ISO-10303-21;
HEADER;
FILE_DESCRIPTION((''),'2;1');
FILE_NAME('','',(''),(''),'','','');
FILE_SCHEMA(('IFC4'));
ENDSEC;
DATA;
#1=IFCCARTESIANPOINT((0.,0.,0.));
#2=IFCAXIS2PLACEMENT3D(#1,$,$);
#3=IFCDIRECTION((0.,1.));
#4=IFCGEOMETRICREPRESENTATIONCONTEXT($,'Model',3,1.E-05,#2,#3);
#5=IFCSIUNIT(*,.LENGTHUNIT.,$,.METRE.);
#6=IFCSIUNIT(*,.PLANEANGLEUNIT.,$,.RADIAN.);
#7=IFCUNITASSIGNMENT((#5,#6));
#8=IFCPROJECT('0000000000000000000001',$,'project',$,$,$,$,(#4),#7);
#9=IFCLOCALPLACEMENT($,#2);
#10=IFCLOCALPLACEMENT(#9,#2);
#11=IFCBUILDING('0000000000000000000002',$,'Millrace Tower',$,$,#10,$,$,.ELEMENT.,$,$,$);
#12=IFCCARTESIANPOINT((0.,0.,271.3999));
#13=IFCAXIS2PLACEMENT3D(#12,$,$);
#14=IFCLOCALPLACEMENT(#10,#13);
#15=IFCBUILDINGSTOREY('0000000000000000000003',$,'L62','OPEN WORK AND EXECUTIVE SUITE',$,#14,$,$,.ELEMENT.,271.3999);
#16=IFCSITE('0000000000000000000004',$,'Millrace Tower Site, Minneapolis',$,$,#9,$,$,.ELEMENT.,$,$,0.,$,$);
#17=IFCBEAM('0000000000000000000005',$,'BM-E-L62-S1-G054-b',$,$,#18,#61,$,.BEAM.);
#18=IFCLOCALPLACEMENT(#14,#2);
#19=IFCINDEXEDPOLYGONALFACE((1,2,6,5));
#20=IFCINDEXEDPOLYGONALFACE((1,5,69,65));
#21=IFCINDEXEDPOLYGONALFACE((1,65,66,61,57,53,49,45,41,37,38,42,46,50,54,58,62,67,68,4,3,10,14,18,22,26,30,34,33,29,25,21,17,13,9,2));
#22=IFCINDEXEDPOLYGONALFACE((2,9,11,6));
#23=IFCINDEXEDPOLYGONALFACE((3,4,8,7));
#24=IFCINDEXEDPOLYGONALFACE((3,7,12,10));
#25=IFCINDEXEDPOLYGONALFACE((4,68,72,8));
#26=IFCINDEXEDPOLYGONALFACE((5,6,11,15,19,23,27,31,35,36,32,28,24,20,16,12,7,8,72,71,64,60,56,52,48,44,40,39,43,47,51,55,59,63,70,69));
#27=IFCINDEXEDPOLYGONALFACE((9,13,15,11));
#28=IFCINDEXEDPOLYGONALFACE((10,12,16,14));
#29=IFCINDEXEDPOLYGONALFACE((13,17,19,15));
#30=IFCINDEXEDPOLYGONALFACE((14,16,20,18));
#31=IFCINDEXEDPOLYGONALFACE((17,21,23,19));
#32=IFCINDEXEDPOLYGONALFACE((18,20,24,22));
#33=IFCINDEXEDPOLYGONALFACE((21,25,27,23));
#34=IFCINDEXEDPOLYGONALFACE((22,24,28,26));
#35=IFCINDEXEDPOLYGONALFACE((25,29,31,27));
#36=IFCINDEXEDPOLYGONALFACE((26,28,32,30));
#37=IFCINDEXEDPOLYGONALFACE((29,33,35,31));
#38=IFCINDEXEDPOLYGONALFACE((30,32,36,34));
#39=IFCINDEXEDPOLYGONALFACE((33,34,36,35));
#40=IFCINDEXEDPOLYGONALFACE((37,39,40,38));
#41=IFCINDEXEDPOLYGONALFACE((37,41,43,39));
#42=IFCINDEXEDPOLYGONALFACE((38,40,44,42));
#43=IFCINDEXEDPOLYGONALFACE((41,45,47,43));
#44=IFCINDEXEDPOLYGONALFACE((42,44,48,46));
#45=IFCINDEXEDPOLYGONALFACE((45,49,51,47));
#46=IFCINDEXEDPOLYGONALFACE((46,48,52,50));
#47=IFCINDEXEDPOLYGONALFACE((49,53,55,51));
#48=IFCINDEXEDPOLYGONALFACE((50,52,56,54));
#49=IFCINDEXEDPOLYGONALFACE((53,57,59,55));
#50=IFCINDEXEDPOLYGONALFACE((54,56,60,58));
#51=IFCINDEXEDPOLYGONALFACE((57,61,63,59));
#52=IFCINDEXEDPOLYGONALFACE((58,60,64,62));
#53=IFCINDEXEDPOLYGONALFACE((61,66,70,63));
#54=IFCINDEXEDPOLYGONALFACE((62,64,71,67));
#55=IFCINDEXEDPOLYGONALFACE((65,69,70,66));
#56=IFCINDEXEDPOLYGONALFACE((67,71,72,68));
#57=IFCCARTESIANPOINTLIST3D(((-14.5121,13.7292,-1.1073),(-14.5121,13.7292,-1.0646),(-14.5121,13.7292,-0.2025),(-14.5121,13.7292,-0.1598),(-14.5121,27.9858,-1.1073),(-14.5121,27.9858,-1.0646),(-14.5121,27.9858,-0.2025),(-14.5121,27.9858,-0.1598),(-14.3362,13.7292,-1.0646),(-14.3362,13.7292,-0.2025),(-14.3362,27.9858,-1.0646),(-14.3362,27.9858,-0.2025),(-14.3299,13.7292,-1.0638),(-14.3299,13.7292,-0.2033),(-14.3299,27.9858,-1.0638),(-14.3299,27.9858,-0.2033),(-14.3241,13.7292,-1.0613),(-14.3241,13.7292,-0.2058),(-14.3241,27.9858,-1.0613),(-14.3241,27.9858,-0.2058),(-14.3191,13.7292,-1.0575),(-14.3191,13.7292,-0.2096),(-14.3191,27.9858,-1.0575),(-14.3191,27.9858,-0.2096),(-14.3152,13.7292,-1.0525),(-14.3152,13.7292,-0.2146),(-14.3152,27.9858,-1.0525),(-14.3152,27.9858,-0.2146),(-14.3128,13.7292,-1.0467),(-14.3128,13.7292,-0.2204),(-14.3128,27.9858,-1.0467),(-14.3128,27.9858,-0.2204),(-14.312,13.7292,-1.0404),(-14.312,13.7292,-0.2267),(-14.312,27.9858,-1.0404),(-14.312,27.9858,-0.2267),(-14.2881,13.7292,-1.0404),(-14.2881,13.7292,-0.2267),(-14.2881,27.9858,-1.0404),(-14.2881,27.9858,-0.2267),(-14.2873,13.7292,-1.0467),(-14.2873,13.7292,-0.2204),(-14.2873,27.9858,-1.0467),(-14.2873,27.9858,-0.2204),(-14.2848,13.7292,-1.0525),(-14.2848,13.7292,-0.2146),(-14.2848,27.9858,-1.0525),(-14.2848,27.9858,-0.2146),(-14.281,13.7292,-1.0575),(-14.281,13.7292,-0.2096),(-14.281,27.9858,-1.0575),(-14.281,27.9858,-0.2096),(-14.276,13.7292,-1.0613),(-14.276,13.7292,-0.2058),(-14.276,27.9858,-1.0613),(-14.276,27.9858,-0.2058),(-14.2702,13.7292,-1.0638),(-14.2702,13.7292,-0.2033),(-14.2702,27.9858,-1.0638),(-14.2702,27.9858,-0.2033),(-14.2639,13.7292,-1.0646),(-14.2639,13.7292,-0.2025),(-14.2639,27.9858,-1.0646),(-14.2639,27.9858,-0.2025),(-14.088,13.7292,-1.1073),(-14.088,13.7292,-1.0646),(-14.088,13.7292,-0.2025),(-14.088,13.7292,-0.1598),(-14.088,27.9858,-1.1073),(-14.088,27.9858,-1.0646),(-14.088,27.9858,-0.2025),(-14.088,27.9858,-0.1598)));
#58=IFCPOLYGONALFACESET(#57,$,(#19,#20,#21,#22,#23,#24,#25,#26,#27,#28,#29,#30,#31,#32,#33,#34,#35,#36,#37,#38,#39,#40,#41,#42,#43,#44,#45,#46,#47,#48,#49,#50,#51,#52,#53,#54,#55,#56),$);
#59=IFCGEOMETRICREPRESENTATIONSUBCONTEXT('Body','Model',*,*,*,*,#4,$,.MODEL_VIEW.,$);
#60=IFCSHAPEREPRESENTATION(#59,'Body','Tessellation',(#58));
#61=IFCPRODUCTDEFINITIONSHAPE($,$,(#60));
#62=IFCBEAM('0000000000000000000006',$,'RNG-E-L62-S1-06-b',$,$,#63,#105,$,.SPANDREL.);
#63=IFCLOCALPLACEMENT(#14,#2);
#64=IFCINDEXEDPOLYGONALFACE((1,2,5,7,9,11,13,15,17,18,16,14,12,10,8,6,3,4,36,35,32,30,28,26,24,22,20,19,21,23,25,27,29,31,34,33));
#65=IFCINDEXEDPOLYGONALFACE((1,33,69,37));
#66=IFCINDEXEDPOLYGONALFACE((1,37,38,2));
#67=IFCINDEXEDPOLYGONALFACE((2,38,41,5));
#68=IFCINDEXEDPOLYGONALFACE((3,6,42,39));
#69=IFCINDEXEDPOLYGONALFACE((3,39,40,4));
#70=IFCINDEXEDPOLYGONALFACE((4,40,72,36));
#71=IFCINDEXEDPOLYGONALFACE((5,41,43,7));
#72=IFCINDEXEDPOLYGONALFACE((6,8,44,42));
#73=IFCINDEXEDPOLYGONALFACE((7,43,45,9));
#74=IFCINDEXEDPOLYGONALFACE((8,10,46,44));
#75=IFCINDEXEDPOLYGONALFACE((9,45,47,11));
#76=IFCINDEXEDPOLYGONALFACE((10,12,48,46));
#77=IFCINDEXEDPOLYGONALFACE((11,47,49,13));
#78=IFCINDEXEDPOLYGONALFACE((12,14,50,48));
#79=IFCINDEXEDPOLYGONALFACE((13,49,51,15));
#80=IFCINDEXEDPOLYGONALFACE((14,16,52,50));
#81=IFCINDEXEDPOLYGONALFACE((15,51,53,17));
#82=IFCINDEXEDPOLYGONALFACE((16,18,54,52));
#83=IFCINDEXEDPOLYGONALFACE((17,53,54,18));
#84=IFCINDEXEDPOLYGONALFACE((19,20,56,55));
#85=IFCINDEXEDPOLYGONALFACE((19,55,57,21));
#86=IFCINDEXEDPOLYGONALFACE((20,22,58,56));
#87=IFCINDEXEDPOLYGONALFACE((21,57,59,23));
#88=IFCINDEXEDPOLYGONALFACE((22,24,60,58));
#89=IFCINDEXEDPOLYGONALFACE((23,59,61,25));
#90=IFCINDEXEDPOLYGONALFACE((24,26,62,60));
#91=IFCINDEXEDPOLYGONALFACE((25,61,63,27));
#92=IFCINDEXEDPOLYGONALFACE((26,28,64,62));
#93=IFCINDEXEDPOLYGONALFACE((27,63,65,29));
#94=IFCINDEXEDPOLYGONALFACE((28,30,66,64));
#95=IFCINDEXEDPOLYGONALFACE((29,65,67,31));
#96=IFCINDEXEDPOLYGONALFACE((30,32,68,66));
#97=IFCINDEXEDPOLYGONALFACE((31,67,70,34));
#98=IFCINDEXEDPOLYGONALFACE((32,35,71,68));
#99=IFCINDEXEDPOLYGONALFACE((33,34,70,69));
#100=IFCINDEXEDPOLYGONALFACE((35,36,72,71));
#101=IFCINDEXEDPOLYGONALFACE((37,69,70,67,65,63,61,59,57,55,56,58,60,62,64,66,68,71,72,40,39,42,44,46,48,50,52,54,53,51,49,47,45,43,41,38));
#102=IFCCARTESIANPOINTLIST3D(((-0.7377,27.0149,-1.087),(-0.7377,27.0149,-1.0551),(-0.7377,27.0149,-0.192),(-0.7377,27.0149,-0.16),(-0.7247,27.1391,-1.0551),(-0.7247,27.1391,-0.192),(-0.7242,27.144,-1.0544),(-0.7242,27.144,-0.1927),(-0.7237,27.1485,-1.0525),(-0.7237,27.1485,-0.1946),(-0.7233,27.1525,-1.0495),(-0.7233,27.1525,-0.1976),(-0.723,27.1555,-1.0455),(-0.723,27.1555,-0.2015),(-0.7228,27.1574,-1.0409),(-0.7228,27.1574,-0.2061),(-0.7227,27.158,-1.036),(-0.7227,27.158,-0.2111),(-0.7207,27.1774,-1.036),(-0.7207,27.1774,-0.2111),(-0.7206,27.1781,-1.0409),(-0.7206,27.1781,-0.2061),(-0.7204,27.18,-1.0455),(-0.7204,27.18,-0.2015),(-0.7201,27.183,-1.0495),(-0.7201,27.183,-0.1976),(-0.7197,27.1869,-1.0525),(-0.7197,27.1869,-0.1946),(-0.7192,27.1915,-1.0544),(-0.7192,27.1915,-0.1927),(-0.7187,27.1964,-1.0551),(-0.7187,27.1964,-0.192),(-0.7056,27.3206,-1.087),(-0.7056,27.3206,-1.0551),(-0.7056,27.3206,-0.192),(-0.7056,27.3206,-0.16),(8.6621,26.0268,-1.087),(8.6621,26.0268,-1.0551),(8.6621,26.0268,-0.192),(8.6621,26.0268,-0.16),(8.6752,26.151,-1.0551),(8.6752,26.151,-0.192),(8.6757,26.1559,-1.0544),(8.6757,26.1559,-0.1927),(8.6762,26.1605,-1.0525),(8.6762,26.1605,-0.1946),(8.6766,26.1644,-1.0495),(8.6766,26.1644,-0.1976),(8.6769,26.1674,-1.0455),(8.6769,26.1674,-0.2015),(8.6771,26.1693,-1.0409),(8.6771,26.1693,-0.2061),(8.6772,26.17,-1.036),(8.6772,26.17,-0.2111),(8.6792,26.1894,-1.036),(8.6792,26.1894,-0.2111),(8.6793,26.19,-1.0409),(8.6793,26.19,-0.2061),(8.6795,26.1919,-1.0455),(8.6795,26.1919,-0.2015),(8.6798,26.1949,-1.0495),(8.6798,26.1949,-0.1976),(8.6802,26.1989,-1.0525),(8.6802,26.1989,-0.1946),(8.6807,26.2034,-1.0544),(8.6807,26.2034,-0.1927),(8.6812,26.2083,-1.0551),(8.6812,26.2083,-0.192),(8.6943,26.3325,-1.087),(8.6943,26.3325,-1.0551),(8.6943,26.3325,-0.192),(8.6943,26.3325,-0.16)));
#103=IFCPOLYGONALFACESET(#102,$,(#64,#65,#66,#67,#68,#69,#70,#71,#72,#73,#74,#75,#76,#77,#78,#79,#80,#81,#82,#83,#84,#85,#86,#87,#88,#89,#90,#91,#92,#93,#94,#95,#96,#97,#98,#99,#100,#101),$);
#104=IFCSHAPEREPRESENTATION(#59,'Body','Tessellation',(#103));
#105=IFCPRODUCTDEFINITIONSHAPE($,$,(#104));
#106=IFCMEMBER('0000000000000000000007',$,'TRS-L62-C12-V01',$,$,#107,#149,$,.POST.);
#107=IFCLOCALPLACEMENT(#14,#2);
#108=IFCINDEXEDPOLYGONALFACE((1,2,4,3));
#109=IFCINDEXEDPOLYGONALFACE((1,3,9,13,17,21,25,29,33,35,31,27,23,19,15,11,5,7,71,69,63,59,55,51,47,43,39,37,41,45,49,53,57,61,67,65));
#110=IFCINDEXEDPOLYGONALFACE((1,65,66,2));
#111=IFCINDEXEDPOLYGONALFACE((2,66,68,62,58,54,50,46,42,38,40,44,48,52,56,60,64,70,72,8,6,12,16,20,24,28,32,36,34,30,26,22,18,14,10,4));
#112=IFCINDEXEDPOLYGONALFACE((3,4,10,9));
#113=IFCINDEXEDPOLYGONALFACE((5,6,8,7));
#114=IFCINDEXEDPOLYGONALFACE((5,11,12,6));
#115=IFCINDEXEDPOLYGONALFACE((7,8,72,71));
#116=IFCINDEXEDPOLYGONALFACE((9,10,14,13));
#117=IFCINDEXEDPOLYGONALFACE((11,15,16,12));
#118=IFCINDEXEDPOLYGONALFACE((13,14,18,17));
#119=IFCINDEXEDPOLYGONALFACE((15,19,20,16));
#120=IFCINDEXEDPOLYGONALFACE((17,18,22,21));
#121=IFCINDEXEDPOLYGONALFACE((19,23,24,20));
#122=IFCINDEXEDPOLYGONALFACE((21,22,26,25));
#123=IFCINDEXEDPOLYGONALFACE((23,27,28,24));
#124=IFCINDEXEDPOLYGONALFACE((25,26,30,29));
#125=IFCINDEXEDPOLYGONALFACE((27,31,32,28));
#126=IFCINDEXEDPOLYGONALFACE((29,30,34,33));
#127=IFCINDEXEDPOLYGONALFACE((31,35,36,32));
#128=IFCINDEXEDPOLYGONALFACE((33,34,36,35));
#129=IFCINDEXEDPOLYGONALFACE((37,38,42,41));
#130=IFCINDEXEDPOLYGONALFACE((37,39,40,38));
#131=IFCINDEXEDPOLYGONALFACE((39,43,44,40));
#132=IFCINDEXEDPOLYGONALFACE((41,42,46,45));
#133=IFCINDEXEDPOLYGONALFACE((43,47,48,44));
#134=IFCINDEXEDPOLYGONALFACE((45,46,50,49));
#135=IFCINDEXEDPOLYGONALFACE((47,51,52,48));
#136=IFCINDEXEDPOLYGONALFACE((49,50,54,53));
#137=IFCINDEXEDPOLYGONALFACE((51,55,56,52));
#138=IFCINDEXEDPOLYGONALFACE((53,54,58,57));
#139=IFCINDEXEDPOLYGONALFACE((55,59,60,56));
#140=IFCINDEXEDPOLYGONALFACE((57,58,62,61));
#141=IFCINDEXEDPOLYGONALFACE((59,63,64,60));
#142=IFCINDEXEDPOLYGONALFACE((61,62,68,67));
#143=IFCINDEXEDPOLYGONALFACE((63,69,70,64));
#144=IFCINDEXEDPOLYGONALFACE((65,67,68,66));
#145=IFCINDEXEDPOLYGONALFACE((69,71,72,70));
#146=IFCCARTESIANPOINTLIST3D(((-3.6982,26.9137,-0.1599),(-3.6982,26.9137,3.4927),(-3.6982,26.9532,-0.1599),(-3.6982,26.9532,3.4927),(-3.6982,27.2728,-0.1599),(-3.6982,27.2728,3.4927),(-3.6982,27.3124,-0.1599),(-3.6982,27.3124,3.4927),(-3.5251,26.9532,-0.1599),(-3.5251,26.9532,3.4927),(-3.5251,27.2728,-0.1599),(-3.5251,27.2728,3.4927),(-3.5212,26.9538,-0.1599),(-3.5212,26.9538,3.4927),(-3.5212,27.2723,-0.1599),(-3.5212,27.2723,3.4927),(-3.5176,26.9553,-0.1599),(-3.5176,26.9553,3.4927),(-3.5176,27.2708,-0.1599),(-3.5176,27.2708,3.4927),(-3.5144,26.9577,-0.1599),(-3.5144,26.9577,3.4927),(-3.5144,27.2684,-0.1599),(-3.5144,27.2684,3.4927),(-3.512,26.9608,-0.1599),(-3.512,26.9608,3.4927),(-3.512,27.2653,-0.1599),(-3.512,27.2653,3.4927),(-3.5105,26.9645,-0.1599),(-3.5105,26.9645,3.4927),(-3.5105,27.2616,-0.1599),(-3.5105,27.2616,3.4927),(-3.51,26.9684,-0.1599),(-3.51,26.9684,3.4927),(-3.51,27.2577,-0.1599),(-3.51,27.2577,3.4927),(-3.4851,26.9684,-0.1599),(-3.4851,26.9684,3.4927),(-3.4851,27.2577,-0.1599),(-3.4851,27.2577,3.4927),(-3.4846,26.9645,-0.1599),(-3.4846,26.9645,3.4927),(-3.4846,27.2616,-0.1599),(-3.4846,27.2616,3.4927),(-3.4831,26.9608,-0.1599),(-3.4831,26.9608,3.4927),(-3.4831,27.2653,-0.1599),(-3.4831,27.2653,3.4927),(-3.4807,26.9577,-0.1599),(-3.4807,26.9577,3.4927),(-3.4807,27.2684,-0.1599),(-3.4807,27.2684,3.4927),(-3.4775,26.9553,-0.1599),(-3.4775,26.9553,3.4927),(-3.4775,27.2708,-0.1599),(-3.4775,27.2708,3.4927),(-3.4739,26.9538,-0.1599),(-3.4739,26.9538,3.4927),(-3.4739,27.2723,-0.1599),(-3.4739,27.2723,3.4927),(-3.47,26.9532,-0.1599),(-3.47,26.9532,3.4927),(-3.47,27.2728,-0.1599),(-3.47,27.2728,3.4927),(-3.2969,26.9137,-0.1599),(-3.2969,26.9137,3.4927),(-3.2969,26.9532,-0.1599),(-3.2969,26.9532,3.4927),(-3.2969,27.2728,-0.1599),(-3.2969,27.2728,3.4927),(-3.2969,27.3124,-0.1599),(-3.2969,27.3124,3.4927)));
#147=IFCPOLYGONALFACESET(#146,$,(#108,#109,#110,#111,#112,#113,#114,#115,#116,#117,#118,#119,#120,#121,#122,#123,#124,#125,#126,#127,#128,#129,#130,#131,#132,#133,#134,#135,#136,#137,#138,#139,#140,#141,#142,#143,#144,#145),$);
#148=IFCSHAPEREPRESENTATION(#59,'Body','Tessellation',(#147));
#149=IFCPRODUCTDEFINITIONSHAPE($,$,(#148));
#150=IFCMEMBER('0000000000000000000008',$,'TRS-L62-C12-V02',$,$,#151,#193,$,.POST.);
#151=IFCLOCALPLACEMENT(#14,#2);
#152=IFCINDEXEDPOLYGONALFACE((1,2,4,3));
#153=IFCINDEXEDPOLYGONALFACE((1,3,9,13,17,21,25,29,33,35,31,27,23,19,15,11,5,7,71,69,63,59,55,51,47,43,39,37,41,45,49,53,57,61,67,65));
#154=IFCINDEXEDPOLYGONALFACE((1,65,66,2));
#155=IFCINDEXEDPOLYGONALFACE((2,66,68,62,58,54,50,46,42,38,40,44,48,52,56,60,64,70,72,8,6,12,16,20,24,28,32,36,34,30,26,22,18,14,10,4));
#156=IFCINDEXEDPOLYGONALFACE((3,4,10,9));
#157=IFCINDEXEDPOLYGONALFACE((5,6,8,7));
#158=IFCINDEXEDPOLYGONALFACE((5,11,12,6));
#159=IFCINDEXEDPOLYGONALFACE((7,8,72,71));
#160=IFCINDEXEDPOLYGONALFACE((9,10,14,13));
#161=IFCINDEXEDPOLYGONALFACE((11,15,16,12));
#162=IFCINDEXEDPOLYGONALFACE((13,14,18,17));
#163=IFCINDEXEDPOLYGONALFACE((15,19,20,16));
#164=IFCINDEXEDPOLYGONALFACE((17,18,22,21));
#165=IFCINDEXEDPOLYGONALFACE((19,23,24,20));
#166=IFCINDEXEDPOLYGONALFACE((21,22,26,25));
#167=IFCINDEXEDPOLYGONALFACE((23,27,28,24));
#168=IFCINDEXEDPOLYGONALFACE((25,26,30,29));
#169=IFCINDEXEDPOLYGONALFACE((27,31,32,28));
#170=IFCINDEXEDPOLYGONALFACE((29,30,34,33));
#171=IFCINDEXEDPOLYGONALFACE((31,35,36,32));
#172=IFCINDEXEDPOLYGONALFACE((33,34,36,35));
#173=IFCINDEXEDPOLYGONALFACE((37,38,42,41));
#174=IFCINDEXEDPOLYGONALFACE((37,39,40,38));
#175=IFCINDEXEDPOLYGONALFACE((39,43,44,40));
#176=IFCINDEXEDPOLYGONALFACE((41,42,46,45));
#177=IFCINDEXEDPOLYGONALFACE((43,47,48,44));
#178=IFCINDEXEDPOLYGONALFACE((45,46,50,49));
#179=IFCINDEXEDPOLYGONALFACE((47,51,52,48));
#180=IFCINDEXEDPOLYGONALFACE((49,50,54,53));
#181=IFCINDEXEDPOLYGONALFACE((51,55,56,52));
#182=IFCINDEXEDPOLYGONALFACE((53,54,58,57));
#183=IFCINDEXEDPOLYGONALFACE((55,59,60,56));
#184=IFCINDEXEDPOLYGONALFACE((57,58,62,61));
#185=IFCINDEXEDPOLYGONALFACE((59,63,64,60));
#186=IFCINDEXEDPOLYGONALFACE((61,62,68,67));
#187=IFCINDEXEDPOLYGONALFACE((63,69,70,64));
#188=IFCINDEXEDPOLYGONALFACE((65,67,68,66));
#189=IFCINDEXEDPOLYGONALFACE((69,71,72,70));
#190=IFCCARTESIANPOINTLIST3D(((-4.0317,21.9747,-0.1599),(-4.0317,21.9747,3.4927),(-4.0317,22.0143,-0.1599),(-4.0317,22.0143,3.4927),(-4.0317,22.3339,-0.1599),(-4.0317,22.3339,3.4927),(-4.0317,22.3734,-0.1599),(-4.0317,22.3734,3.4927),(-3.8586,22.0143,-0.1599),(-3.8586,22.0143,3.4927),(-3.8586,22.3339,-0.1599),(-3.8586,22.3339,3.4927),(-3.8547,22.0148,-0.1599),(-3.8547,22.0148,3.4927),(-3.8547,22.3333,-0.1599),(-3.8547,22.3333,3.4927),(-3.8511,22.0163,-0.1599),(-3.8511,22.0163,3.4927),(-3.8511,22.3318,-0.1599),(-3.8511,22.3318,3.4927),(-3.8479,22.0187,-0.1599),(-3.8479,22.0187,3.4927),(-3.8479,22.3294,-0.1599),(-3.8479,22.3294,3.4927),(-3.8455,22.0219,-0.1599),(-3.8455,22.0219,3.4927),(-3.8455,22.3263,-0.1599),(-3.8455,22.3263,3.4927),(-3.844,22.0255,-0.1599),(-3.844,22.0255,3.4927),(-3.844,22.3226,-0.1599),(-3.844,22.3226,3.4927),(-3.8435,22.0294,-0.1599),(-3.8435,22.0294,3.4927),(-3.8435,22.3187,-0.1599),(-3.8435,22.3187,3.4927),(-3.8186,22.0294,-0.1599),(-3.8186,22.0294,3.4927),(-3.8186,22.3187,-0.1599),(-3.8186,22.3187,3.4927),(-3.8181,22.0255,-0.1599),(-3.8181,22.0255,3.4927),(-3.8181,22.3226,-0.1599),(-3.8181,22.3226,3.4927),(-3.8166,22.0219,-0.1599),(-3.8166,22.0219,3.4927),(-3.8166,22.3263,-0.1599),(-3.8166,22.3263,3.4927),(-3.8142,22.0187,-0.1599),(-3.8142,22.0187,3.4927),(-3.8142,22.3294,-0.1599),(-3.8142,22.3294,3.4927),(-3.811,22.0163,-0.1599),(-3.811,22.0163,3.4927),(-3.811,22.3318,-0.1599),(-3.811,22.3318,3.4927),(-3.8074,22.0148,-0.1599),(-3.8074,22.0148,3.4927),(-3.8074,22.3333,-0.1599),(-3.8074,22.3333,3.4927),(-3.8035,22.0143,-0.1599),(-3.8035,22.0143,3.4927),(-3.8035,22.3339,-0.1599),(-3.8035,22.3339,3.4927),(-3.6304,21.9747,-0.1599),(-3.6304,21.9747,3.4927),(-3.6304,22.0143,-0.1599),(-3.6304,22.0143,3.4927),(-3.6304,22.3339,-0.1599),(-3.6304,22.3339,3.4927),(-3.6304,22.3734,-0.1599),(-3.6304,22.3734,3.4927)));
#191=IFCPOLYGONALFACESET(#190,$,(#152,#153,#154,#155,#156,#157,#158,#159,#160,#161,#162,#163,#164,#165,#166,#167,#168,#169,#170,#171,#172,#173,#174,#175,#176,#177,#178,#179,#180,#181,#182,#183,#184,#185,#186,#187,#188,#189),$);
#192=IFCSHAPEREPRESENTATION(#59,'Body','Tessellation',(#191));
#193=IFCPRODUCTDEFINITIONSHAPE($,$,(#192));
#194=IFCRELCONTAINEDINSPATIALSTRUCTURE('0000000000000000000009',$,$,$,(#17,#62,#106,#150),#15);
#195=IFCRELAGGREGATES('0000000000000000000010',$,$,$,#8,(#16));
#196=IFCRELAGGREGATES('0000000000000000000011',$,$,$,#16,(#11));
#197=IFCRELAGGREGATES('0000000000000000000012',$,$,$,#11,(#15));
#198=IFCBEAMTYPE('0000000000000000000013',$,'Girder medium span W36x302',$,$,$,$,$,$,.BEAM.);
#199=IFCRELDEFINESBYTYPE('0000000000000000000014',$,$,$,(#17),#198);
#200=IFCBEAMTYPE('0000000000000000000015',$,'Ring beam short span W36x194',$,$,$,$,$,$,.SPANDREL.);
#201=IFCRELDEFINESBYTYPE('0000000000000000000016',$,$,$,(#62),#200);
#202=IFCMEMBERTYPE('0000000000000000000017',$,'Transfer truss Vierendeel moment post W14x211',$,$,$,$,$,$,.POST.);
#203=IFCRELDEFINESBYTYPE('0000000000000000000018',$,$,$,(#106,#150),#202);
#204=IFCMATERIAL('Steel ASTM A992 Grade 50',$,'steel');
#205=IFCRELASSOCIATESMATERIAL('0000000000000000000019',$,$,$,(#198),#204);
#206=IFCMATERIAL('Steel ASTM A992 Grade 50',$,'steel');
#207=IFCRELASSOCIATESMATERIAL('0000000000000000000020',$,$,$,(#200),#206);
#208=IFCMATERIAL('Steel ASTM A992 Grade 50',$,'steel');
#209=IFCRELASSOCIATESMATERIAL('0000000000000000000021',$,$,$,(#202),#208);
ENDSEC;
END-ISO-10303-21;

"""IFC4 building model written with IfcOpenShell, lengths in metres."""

from ifc_helpers import new_model, si_unit, direction, frame, origin, origin_2d, place, context, subcontext, project, spatial, i_section, extrude, material, material_profile, profile_set, type_object, element, save


model = new_model("IFC4")

# Units and contexts
model_context = context("Model", 3, precision=1e-05, world=origin(), true_north=direction((0.0, 1.0)))
body_context = subcontext(model_context, "Body", "Model", "MODEL_VIEW")
ifc_project = project(units=[si_unit("LENGTHUNIT", "METRE"), si_unit("PLANEANGLEUNIT", "RADIAN")], contexts=[model_context])

# Site, building, storey
site_placement = place(None, origin())
site = spatial("IfcSite", under=ifc_project, at=site_placement, Name="Millrace Tower Site, Minneapolis", CompositionType="ELEMENT", RefElevation=0.0)
building_placement = place(site_placement, origin())
building = spatial("IfcBuilding", under=site, at=building_placement, Name="Millrace Tower", CompositionType="ELEMENT")
storey_placement = place(building_placement, frame((0.0, 0.0, 271.3999)))
storey = spatial("IfcBuildingStorey", under=building, at=storey_placement, Name="L62", Description="OPEN WORK AND EXECUTIVE SUITE", CompositionType="ELEMENT", Elevation=271.3999)

# Beams
ifc_material_1 = material(Name="Steel ASTM A992 Grade 50", Category="steel")
ifc_material_profile_1 = material_profile(ifc_material_1, i_section(OverallWidth=0.4241, OverallDepth=0.9475, WebThickness=0.0239, FlangeThickness=0.0427, FilletRadius=0.0242, at=origin_2d()))
ifc_profile_set_1 = profile_set([ifc_material_profile_1], Name="Steel ASTM A992 Grade 50")
beam_type_1 = type_object("IfcBeamType", Name="Girder medium span W36x302", PredefinedType="BEAM", material=ifc_profile_set_1)
beam_1_placement = place(storey_placement, frame((-14.3, 13.7292, -0.6335), z_axis=(0.0, 1.0, 0.0), x_axis=(-1.0, 0.0, 0.0)))
element("IfcBeam", 1, at=beam_1_placement, inside=storey, type_object=beam_type_1, Name="BM-E-L62-S1-G054-b", PredefinedType="BEAM", context=body_context, shape_type="SweptSolid", body=[
    extrude(i_section(OverallWidth=0.4241, OverallDepth=0.9475, WebThickness=0.0239, FlangeThickness=0.0427, FilletRadius=0.0242, at=origin_2d()), origin(), (0.0, 0.0, 1.0), 14.2566),
])
ifc_material_2 = material(Name="Steel ASTM A992 Grade 50", Category="steel")
ifc_material_profile_2 = material_profile(ifc_material_2, i_section(OverallWidth=0.3074, OverallDepth=0.927, WebThickness=0.0195, FlangeThickness=0.032, FilletRadius=0.019, at=origin_2d()))
ifc_profile_set_2 = profile_set([ifc_material_profile_2], Name="Steel ASTM A992 Grade 50")
beam_type_2 = type_object("IfcBeamType", Name="Ring beam short span W36x194", PredefinedType="SPANDREL", material=ifc_profile_set_2)
beam_2_placement = place(storey_placement, frame((-0.7217, 27.1677, -0.6235), z_axis=(0.994521, -0.104536, 0.0), x_axis=(0.104536, 0.994521, 0.0)))
element("IfcBeam", 2, at=beam_2_placement, inside=storey, type_object=beam_type_2, Name="RNG-E-L62-S1-06-b", PredefinedType="SPANDREL", context=body_context, shape_type="SweptSolid", body=[
    extrude(i_section(OverallWidth=0.3074, OverallDepth=0.927, WebThickness=0.0195, FlangeThickness=0.032, FilletRadius=0.019, at=origin_2d()), origin(), (0.0, 0.0, 1.0), 9.4517),
])

# Members
ifc_material_3 = material(Name="Steel ASTM A992 Grade 50", Category="steel")
ifc_material_profile_3 = material_profile(ifc_material_3, i_section(OverallWidth=0.4014, OverallDepth=0.3987, WebThickness=0.0249, FlangeThickness=0.0396, FilletRadius=0.0151, at=origin_2d()))
ifc_profile_set_3 = profile_set([ifc_material_profile_3], Name="Steel ASTM A992 Grade 50")
member_type = type_object("IfcMemberType", Name="Transfer truss Vierendeel moment post W14x211", PredefinedType="POST", material=ifc_profile_set_3)
for number, where, z_axis, x_axis, name in (
    (3, (-3.4976, 27.113, -0.1599), (0.0, 0.0, 1.0), (1.0, 0.0, 0.0), "TRS-L62-C12-V01"),
    (4, (-3.8311, 22.1741, -0.1599), (0.0, 0.0, 1.0), (1.0, 0.0, 0.0), "TRS-L62-C12-V02"),
):
    element("IfcMember", number, at=place(storey_placement, frame(where, z_axis=z_axis, x_axis=x_axis)), inside=storey, type_object=member_type, Name=name, PredefinedType="POST", context=body_context, shape_type="SweptSolid", body=[
        extrude(i_section(OverallWidth=0.4014, OverallDepth=0.3987, WebThickness=0.0249, FlangeThickness=0.0396, FilletRadius=0.0151, at=origin_2d()), origin(), (0.0, 0.0, 1.0), 3.6526),
    ])

save(model, "model.ifc")
